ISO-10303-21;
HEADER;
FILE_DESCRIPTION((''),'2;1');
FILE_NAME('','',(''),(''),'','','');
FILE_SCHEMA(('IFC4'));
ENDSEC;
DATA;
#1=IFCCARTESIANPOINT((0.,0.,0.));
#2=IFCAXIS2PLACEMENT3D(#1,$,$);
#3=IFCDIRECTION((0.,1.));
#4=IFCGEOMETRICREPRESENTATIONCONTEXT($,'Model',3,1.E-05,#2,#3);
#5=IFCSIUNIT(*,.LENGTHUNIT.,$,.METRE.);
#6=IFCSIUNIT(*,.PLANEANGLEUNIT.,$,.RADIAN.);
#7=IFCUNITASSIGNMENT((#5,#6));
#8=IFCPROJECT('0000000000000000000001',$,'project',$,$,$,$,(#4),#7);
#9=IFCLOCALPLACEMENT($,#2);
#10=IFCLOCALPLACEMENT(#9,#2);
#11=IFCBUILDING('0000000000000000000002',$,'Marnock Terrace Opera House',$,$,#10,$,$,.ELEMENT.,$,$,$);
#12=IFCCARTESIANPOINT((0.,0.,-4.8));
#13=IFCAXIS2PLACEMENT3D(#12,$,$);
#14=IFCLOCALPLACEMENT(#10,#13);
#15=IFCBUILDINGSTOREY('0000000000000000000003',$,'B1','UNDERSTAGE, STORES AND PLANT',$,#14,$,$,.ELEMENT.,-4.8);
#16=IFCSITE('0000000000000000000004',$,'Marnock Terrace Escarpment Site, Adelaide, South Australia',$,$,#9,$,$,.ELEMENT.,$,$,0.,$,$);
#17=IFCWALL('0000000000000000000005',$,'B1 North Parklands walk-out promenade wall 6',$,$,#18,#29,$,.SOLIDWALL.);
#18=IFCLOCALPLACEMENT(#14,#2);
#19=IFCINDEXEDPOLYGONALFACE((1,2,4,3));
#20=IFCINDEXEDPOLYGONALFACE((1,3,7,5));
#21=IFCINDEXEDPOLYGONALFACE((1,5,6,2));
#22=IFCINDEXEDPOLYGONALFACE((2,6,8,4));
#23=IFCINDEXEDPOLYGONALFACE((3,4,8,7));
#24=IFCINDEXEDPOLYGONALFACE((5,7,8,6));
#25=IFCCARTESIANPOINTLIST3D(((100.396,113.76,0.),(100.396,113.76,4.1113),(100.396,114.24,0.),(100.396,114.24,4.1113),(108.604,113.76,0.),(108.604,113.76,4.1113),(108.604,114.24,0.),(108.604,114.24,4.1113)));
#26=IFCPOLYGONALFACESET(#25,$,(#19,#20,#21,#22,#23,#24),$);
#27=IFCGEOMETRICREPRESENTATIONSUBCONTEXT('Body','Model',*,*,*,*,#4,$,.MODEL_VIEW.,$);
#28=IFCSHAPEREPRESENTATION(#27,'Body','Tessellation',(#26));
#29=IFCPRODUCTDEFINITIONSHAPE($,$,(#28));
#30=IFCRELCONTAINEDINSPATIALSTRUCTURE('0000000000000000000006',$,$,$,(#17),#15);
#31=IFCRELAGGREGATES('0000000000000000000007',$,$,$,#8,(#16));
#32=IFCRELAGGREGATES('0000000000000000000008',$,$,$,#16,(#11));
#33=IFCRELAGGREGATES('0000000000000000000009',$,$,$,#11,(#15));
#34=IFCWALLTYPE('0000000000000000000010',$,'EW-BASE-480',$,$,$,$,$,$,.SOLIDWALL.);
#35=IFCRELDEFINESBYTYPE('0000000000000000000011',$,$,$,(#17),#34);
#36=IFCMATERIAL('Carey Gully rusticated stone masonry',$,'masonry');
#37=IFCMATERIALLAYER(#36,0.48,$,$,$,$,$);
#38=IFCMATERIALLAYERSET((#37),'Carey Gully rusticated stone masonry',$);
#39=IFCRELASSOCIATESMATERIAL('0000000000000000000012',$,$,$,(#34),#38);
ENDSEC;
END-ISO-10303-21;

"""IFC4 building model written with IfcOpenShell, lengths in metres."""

from ifc_helpers import new_model, si_unit, direction, frame, frame_2d, origin, place, context, subcontext, project, spatial, rectangle, extrude, material, layer, layer_set, type_object, element, save


model = new_model("IFC4")

# Units and contexts
model_context = context("Model", 3, precision=1e-05, world=origin(), true_north=direction((0.0, 1.0)))
body_context = subcontext(model_context, "Body", "Model", "MODEL_VIEW")
ifc_project = project(units=[si_unit("LENGTHUNIT", "METRE"), si_unit("PLANEANGLEUNIT", "RADIAN")], contexts=[model_context])

# Site, building, storey
site_placement = place(None, origin())
site = spatial("IfcSite", under=ifc_project, at=site_placement, Name="Marnock Terrace Escarpment Site, Adelaide, South Australia", CompositionType="ELEMENT", RefElevation=0.0)
building_placement = place(site_placement, origin())
building = spatial("IfcBuilding", under=site, at=building_placement, Name="Marnock Terrace Opera House", CompositionType="ELEMENT")
storey_placement = place(building_placement, frame((0.0, 0.0, -4.8)))
storey = spatial("IfcBuildingStorey", under=building, at=storey_placement, Name="B1", Description="UNDERSTAGE, STORES AND PLANT", CompositionType="ELEMENT", Elevation=-4.8)

# Wall
ifc_material_1 = material(Name="Carey Gully rusticated stone masonry", Category="masonry")
ifc_layer_1 = layer(ifc_material_1, 0.48)
ifc_layer_set_1 = layer_set([ifc_layer_1], Name="Carey Gully rusticated stone masonry")
wall_type = type_object("IfcWallType", Name="EW-BASE-480", PredefinedType="SOLIDWALL", material=ifc_layer_set_1)
wall_placement = place(storey_placement, frame((100.396, 114.0, 0.0), z_axis=(0.0, 0.0, 1.0), x_axis=(1.0, 0.0, 0.0)))
element("IfcWall", 1, at=wall_placement, inside=storey, type_object=wall_type, Name="B1 North Parklands walk-out promenade wall 6", PredefinedType="SOLIDWALL", context=body_context, shape_type="SweptSolid", body=[
    extrude(rectangle(XDim=8.208, YDim=0.48, at=frame_2d((4.104, 0.0))), origin(), (0.0, 0.0, 1.0), 4.1113),
])

save(model, "model.ifc")
